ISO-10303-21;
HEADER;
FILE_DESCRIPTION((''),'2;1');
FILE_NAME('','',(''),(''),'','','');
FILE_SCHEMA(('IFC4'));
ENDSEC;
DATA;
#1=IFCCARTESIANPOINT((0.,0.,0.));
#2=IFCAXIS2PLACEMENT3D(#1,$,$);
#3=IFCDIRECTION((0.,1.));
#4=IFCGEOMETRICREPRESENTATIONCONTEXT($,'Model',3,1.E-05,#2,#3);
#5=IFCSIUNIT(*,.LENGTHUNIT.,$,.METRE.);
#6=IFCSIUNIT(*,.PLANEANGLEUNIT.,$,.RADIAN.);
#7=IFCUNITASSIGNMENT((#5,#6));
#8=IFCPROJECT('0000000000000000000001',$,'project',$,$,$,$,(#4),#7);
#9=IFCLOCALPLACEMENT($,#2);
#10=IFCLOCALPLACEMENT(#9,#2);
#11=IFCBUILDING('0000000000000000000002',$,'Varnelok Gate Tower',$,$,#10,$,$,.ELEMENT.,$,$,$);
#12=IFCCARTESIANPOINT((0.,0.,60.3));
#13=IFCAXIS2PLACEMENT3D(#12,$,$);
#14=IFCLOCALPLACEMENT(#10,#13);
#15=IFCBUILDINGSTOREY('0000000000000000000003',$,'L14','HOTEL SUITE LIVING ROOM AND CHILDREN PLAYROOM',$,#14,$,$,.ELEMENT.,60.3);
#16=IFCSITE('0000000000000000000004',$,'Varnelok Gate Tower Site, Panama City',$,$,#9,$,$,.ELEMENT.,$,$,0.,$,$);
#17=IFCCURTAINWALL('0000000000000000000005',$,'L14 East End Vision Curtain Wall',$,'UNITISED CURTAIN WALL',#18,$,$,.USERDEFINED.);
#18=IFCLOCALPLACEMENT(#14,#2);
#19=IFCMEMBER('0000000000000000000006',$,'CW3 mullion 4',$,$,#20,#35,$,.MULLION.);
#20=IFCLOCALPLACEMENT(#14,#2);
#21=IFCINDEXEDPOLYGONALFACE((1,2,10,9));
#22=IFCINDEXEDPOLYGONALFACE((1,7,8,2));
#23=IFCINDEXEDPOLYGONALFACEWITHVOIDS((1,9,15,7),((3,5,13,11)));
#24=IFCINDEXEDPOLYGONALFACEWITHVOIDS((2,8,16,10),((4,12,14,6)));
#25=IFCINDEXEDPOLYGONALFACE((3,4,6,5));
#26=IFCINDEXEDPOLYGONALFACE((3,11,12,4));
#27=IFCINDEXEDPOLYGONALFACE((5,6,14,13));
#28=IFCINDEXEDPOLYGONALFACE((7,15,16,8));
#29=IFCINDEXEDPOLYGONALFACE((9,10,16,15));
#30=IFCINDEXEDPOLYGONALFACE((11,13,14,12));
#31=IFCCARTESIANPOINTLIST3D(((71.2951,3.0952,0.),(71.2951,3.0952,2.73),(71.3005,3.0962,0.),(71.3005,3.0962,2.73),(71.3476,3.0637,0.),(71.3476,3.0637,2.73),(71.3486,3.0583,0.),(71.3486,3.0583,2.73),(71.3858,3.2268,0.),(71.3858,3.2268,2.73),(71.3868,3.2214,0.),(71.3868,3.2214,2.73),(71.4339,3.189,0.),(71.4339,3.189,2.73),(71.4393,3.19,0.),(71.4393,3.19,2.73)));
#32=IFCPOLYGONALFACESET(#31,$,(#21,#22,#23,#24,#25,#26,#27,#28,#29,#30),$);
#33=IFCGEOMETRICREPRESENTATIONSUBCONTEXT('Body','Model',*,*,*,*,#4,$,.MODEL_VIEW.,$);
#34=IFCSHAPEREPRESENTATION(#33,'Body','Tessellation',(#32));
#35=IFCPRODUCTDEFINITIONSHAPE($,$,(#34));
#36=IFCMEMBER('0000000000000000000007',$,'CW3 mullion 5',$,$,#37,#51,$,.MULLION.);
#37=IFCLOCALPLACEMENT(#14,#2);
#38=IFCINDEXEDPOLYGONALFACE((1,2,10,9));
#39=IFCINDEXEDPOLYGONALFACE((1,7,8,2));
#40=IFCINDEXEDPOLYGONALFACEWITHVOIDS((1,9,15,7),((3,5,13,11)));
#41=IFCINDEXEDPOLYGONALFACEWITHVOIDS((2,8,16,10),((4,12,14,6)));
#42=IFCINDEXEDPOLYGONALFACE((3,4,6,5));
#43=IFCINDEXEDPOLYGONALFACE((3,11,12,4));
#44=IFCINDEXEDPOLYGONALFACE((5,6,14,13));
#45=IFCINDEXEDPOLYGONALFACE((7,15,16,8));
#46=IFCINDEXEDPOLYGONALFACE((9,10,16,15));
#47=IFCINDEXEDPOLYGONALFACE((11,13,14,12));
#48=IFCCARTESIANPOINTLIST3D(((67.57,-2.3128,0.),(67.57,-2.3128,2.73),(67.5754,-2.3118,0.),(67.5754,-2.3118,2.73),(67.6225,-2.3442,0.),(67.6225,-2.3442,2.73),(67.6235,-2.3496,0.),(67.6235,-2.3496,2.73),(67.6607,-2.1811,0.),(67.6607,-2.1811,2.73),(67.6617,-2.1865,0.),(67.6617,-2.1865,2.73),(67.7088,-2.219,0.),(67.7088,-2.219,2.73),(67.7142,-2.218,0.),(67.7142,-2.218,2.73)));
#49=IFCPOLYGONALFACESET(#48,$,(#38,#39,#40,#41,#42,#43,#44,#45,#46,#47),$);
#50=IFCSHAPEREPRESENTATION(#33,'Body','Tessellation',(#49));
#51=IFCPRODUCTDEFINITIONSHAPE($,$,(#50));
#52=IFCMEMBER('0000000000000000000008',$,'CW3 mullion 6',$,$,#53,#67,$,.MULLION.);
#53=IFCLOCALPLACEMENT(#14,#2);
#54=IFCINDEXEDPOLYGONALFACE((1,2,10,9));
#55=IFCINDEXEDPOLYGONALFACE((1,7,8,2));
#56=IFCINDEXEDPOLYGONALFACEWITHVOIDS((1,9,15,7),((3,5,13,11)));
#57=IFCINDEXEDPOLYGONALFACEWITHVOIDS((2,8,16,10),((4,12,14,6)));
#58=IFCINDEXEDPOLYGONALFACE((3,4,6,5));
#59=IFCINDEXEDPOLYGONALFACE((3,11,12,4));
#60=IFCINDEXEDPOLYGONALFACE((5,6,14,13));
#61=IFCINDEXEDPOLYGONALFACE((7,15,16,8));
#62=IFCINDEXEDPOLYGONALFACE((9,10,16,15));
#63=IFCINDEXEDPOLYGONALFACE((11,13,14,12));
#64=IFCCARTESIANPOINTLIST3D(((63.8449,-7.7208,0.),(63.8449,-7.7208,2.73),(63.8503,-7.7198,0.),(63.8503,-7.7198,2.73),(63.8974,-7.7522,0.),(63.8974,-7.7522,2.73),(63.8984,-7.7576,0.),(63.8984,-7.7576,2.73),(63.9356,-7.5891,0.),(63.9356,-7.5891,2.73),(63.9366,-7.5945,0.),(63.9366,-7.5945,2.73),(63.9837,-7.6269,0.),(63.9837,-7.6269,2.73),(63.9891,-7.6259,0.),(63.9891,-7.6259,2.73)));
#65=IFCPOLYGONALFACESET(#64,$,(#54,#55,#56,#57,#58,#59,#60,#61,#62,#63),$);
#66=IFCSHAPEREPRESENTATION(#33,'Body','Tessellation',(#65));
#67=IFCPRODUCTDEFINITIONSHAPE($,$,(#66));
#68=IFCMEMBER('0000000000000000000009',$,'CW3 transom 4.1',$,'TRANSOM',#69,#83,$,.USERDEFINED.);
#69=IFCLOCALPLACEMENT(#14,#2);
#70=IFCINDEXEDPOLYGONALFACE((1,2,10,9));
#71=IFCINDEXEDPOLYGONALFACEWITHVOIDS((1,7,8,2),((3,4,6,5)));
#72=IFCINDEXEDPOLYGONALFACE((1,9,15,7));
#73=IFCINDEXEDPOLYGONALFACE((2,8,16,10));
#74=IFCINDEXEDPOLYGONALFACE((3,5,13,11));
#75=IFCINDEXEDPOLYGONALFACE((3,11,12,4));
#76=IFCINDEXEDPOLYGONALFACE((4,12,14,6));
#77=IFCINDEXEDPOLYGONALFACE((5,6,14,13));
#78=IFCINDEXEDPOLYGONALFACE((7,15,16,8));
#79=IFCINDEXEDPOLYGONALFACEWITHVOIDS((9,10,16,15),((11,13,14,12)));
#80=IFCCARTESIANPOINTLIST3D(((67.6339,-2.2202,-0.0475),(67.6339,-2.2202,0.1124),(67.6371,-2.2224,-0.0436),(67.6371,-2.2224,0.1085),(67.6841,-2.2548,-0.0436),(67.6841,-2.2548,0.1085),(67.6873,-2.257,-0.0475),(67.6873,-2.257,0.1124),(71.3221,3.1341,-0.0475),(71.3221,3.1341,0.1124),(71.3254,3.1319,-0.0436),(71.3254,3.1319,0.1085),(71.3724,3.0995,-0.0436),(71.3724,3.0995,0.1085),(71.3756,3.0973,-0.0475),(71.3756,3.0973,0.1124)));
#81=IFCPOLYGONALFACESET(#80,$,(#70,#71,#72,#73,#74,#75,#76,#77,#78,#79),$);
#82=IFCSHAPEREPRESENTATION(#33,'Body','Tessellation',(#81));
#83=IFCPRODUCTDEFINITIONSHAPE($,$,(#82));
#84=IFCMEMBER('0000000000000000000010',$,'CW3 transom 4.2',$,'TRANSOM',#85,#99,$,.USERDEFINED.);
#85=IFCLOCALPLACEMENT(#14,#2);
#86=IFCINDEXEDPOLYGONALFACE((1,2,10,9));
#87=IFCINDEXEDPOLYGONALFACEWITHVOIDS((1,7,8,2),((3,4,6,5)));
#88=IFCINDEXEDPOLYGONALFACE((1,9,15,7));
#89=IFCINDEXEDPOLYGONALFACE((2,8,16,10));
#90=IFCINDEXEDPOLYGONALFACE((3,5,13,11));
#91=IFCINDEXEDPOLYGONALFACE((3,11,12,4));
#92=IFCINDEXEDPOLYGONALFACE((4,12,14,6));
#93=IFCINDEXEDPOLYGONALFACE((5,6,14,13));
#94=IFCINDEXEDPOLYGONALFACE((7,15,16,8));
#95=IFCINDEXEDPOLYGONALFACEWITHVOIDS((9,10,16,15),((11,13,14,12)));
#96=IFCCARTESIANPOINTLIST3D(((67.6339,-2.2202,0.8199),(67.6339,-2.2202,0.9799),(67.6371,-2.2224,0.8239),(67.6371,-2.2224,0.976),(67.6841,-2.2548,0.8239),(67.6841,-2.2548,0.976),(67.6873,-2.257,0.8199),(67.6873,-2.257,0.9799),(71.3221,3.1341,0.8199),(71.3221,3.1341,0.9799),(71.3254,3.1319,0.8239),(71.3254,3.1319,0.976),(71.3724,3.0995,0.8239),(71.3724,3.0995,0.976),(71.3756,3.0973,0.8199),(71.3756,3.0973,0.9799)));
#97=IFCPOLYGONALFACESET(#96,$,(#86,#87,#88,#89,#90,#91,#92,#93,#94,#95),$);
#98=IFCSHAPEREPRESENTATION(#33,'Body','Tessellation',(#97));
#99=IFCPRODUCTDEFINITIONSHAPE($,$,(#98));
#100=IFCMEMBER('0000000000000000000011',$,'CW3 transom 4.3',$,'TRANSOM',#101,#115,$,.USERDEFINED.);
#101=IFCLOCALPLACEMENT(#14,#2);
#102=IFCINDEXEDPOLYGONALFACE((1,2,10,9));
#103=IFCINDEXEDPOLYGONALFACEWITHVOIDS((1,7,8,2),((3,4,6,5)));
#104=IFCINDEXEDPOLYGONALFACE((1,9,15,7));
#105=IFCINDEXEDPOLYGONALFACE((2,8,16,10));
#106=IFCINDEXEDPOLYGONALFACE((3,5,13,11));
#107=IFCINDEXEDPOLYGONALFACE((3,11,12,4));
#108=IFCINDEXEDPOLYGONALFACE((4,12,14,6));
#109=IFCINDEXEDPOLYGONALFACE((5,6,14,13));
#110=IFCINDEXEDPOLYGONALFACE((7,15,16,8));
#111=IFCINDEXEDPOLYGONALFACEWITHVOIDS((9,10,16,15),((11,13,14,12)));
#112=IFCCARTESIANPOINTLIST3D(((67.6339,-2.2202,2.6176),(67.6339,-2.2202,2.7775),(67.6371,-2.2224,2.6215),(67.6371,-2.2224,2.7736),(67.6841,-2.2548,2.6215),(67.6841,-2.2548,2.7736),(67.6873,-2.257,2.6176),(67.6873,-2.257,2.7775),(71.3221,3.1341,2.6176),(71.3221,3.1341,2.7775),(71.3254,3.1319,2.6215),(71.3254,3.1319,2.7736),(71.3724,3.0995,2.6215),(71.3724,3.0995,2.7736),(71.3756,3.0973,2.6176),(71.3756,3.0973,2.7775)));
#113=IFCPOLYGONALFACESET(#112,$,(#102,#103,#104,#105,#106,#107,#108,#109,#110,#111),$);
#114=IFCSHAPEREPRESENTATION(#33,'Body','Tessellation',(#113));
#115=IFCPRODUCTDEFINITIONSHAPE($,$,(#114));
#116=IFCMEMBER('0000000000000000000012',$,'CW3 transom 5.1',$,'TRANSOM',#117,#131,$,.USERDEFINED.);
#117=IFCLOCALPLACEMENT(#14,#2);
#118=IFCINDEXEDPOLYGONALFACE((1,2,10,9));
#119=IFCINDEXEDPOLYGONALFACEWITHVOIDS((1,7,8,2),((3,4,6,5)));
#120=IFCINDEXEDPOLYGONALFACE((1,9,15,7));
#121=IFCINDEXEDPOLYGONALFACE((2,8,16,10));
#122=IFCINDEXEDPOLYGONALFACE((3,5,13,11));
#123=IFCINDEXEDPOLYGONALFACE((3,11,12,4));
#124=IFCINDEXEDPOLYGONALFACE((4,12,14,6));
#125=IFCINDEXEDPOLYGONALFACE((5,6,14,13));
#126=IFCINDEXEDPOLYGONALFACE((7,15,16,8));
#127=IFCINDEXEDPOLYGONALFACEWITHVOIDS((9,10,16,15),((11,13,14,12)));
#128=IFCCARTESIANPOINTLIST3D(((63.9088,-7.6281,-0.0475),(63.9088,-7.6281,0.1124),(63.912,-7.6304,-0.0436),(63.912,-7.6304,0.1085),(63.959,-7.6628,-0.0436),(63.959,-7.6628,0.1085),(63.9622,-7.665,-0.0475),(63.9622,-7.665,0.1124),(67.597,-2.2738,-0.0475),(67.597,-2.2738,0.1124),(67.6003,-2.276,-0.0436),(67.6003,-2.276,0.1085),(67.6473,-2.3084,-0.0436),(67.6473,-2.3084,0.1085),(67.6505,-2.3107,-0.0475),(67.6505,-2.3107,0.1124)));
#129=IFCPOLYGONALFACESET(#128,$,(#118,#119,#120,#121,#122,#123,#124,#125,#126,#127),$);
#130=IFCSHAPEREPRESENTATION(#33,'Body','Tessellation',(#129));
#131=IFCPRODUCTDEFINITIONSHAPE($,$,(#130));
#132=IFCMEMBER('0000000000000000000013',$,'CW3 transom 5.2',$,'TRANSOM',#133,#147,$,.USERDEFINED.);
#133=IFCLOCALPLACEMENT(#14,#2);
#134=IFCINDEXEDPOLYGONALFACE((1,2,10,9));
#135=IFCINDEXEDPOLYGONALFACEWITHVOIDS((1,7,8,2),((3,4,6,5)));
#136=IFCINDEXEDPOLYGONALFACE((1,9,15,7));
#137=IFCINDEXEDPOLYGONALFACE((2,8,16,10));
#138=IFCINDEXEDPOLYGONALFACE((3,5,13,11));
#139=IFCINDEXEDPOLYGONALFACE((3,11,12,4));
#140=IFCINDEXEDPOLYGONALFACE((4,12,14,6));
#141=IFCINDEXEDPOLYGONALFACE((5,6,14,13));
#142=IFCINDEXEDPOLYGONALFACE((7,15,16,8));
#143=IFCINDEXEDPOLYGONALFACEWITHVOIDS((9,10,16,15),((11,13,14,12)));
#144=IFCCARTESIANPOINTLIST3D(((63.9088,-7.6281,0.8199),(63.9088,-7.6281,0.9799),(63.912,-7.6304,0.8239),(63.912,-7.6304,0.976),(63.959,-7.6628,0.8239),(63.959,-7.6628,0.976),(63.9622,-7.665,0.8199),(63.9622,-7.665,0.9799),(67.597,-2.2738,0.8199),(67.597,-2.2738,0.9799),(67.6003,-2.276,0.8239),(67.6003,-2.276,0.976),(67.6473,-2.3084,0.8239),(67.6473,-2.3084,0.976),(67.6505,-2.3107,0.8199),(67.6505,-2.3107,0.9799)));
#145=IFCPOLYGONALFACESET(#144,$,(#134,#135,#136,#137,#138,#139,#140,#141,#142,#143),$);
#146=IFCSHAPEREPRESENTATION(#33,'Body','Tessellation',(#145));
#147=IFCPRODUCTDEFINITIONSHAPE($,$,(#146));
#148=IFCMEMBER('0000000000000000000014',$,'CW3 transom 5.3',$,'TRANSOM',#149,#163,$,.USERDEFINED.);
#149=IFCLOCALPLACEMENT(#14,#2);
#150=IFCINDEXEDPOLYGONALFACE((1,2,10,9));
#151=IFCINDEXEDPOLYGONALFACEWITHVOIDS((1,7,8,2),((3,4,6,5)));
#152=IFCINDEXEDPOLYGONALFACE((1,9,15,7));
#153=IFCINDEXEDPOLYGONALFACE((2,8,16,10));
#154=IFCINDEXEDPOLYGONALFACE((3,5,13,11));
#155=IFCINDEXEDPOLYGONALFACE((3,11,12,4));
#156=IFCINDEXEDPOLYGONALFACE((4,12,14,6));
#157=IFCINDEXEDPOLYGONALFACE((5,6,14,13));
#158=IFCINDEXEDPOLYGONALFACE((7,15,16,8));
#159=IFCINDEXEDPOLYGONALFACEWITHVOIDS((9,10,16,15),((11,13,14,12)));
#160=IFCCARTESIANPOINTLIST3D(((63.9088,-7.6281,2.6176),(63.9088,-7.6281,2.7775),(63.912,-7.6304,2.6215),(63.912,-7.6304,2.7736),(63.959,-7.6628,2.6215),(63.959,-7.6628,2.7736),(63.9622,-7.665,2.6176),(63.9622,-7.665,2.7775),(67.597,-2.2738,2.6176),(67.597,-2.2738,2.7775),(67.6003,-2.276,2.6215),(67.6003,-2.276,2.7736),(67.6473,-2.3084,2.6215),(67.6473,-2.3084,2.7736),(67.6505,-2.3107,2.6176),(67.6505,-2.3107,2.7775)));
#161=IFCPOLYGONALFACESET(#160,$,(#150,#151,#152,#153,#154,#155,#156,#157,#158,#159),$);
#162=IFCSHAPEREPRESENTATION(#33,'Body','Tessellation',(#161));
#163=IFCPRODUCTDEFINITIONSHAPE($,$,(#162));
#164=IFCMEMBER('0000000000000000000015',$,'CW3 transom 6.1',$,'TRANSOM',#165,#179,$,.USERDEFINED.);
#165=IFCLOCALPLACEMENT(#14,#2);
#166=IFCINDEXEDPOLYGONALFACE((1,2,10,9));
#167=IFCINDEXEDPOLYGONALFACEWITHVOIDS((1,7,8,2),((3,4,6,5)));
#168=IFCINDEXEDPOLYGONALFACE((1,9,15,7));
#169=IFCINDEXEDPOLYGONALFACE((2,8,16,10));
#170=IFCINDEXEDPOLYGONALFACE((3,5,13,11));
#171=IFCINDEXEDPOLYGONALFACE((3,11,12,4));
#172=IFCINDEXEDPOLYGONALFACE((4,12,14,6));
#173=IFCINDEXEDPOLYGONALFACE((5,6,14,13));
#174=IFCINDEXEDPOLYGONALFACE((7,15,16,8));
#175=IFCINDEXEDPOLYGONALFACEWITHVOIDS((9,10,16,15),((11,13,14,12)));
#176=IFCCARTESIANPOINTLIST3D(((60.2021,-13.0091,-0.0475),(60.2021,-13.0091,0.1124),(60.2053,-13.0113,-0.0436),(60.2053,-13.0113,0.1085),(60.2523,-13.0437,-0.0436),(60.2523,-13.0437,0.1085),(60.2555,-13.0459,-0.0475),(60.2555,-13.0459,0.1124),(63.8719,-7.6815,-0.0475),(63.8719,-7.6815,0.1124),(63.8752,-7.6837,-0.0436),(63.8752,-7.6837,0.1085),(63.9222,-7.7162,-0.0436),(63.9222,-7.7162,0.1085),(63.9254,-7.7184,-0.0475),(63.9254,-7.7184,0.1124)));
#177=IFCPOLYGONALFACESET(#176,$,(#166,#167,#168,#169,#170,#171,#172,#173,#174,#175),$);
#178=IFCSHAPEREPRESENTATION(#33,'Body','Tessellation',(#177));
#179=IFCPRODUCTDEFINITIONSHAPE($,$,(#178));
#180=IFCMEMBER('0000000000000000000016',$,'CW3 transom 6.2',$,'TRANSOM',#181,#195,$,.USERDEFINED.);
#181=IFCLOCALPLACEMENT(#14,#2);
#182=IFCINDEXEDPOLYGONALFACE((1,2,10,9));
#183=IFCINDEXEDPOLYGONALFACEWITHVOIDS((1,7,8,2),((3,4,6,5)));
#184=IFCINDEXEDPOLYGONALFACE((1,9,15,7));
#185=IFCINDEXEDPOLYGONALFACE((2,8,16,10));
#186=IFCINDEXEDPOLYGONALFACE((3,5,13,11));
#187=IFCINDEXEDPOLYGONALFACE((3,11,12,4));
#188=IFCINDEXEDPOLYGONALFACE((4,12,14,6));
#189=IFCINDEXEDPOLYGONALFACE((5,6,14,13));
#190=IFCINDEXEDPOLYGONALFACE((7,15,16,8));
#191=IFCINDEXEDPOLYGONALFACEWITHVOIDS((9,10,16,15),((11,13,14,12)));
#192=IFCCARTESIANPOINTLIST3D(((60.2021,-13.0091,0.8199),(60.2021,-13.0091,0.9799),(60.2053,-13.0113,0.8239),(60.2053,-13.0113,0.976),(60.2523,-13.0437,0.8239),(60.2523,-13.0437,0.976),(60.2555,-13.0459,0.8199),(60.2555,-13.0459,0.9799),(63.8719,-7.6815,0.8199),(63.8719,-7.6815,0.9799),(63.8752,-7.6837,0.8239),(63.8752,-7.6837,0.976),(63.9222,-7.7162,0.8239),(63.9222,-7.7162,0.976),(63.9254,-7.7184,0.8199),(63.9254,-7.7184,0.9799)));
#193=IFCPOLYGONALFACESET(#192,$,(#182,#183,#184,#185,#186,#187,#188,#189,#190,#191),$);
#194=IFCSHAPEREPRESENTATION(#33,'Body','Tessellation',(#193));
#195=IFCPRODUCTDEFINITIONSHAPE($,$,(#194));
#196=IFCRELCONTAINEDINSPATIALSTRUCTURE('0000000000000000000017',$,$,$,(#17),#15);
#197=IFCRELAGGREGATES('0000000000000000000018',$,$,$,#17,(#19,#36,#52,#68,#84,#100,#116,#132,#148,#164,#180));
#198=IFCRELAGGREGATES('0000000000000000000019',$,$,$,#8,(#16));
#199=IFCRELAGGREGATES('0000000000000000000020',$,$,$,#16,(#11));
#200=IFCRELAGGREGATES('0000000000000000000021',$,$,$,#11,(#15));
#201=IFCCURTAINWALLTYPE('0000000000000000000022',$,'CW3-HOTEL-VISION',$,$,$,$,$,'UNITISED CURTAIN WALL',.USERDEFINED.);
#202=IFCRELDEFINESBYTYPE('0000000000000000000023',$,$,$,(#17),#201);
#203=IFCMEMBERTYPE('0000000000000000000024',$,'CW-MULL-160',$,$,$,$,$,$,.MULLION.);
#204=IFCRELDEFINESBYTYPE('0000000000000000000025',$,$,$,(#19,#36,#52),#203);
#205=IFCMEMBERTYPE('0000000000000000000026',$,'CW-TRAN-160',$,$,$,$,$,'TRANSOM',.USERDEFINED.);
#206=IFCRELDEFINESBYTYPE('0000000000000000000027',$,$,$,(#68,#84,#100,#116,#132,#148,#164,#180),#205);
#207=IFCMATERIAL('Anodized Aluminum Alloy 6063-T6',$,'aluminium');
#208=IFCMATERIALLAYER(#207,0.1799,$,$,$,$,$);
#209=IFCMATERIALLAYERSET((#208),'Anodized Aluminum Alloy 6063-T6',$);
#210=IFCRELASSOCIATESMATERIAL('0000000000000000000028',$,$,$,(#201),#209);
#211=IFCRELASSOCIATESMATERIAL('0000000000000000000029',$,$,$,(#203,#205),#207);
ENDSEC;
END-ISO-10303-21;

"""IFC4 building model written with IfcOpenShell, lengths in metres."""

from ifc_helpers import new_model, si_unit, direction, frame, origin, origin_2d, place, context, subcontext, project, spatial, hollow_rectangle, extrude, material, layer, layer_set, material_profile, profile_set, type_object, element, aggregate, save


model = new_model("IFC4")

# Units and contexts
model_context = context("Model", 3, precision=1e-05, world=origin(), true_north=direction((0.0, 1.0)))
body_context = subcontext(model_context, "Body", "Model", "MODEL_VIEW")
ifc_project = project(units=[si_unit("LENGTHUNIT", "METRE"), si_unit("PLANEANGLEUNIT", "RADIAN")], contexts=[model_context])

# Site, building, storey
site_placement = place(None, origin())
site = spatial("IfcSite", under=ifc_project, at=site_placement, Name="Varnelok Gate Tower Site, Panama City", CompositionType="ELEMENT", RefElevation=0.0)
building_placement = place(site_placement, origin())
building = spatial("IfcBuilding", under=site, at=building_placement, Name="Varnelok Gate Tower", CompositionType="ELEMENT")
storey_placement = place(building_placement, frame((0.0, 0.0, 60.3)))
storey = spatial("IfcBuildingStorey", under=building, at=storey_placement, Name="L14", Description="HOTEL SUITE LIVING ROOM AND CHILDREN PLAYROOM", CompositionType="ELEMENT", Elevation=60.3)

# Curtain wall, members
ifc_material_1 = material(Name="Anodized Aluminum Alloy 6063-T6", Category="aluminium")
ifc_layer_1 = layer(ifc_material_1, 0.1799)
ifc_layer_set_1 = layer_set([ifc_layer_1], Name="Anodized Aluminum Alloy 6063-T6")
curtain_wall_type = type_object("IfcCurtainWallType", Name="CW3-HOTEL-VISION", ElementType="UNITISED CURTAIN WALL", PredefinedType="USERDEFINED", material=ifc_layer_set_1)
curtain_wall_placement = place(storey_placement, origin())
curtain_wall = element("IfcCurtainWall", 1, at=curtain_wall_placement, inside=storey, type_object=curtain_wall_type, Name="L14 East End Vision Curtain Wall", ObjectType="UNITISED CURTAIN WALL", PredefinedType="USERDEFINED")
ifc_material_profile_1 = material_profile(ifc_material_1, hollow_rectangle(XDim=0.0649, YDim=0.1599, WallThickness=0.0039, at=origin_2d()), Name="ALU160X65X4")
ifc_profile_set_1 = profile_set([ifc_material_profile_1], Name="Anodized Aluminum Alloy 6063-T6")
member_type_1 = type_object("IfcMemberType", Name="CW-MULL-160", PredefinedType="MULLION", material=ifc_profile_set_1)
member_1_placement = place(storey_placement, frame((71.3672, 3.1426, 0.0), z_axis=(0.0, 0.0, 1.0), x_axis=(0.823533, -0.567269, 0.0)))
member_1 = element("IfcMember", 2, at=member_1_placement, type_object=member_type_1, Name="CW3 mullion 4", PredefinedType="MULLION", context=body_context, shape_type="SweptSolid", body=[
    extrude(hollow_rectangle(XDim=0.0649, YDim=0.1599, WallThickness=0.0039, at=origin_2d()), origin(), (0.0, 0.0, 1.0), 2.73),
])
member_2_placement = place(storey_placement, frame((67.6421, -2.2654, 0.0), z_axis=(0.0, 0.0, 1.0), x_axis=(0.823533, -0.567269, 0.0)))
member_2 = element("IfcMember", 3, at=member_2_placement, type_object=member_type_1, Name="CW3 mullion 5", PredefinedType="MULLION", context=body_context, shape_type="SweptSolid", body=[
    extrude(hollow_rectangle(XDim=0.0649, YDim=0.1599, WallThickness=0.0039, at=origin_2d()), origin(), (0.0, 0.0, 1.0), 2.73),
])
member_3_placement = place(storey_placement, frame((63.917, -7.6733, 0.0), z_axis=(0.0, 0.0, 1.0), x_axis=(0.823533, -0.567269, 0.0)))
member_3 = element("IfcMember", 4, at=member_3_placement, type_object=member_type_1, Name="CW3 mullion 6", PredefinedType="MULLION", context=body_context, shape_type="SweptSolid", body=[
    extrude(hollow_rectangle(XDim=0.0649, YDim=0.1599, WallThickness=0.0039, at=origin_2d()), origin(), (0.0, 0.0, 1.0), 2.73),
])
ifc_material_profile_2 = material_profile(ifc_material_1, hollow_rectangle(XDim=0.0649, YDim=0.1599, WallThickness=0.0039, at=origin_2d()), Name="ALU160X65X4")
ifc_profile_set_2 = profile_set([ifc_material_profile_2], Name="Anodized Aluminum Alloy 6063-T6")
member_type_2 = type_object("IfcMemberType", Name="CW-TRAN-160", ElementType="TRANSOM", PredefinedType="USERDEFINED", material=ifc_profile_set_2)
member_4_placement = place(storey_placement, frame((71.3489, 3.1157, 0.0325), z_axis=(-0.567279, -0.823526, 0.0), x_axis=(0.823526, -0.567279, 0.0)))
member_4 = element("IfcMember", 5, at=member_4_placement, type_object=member_type_2, Name="CW3 transom 4.1", ObjectType="TRANSOM", PredefinedType="USERDEFINED", context=body_context, shape_type="SweptSolid", body=[
    extrude(hollow_rectangle(XDim=0.0649, YDim=0.1599, WallThickness=0.0039, at=origin_2d()), origin(), (0.0, 0.0, 1.0), 6.5017),
])
member_5_placement = place(storey_placement, frame((71.3489, 3.1157, 0.8999), z_axis=(-0.567279, -0.823526, 0.0), x_axis=(0.823526, -0.567279, 0.0)))
member_5 = element("IfcMember", 6, at=member_5_placement, type_object=member_type_2, Name="CW3 transom 4.2", ObjectType="TRANSOM", PredefinedType="USERDEFINED", context=body_context, shape_type="SweptSolid", body=[
    extrude(hollow_rectangle(XDim=0.0649, YDim=0.1599, WallThickness=0.0039, at=origin_2d()), origin(), (0.0, 0.0, 1.0), 6.5017),
])
member_6_placement = place(storey_placement, frame((71.3489, 3.1157, 2.6975), z_axis=(-0.567279, -0.823526, 0.0), x_axis=(0.823526, -0.567279, 0.0)))
member_6 = element("IfcMember", 7, at=member_6_placement, type_object=member_type_2, Name="CW3 transom 4.3", ObjectType="TRANSOM", PredefinedType="USERDEFINED", context=body_context, shape_type="SweptSolid", body=[
    extrude(hollow_rectangle(XDim=0.0649, YDim=0.1599, WallThickness=0.0039, at=origin_2d()), origin(), (0.0, 0.0, 1.0), 6.5017),
])
member_7_placement = place(storey_placement, frame((67.6238, -2.2922, 0.0325), z_axis=(-0.567279, -0.823526, 0.0), x_axis=(0.823526, -0.567279, 0.0)))
member_7 = element("IfcMember", 8, at=member_7_placement, type_object=member_type_2, Name="CW3 transom 5.1", ObjectType="TRANSOM", PredefinedType="USERDEFINED", context=body_context, shape_type="SweptSolid", body=[
    extrude(hollow_rectangle(XDim=0.0649, YDim=0.1599, WallThickness=0.0039, at=origin_2d()), origin(), (0.0, 0.0, 1.0), 6.5017),
])
member_8_placement = place(storey_placement, frame((67.6238, -2.2922, 0.8999), z_axis=(-0.567279, -0.823526, 0.0), x_axis=(0.823526, -0.567279, 0.0)))
member_8 = element("IfcMember", 9, at=member_8_placement, type_object=member_type_2, Name="CW3 transom 5.2", ObjectType="TRANSOM", PredefinedType="USERDEFINED", context=body_context, shape_type="SweptSolid", body=[
    extrude(hollow_rectangle(XDim=0.0649, YDim=0.1599, WallThickness=0.0039, at=origin_2d()), origin(), (0.0, 0.0, 1.0), 6.5017),
])
member_9_placement = place(storey_placement, frame((67.6238, -2.2922, 2.6975), z_axis=(-0.567279, -0.823526, 0.0), x_axis=(0.823526, -0.567279, 0.0)))
member_9 = element("IfcMember", 10, at=member_9_placement, type_object=member_type_2, Name="CW3 transom 5.3", ObjectType="TRANSOM", PredefinedType="USERDEFINED", context=body_context, shape_type="SweptSolid", body=[
    extrude(hollow_rectangle(XDim=0.0649, YDim=0.1599, WallThickness=0.0039, at=origin_2d()), origin(), (0.0, 0.0, 1.0), 6.5017),
])
member_10_placement = place(storey_placement, frame((63.8987, -7.7, 0.0325), z_axis=(-0.567281, -0.823524, 0.0), x_axis=(0.823524, -0.567281, 0.0)))
member_10 = element("IfcMember", 11, at=member_10_placement, type_object=member_type_2, Name="CW3 transom 6.1", ObjectType="TRANSOM", PredefinedType="USERDEFINED", context=body_context, shape_type="SweptSolid", body=[
    extrude(hollow_rectangle(XDim=0.0649, YDim=0.1599, WallThickness=0.0039, at=origin_2d()), origin(), (0.0, 0.0, 1.0), 6.4692),
])
member_11_placement = place(storey_placement, frame((63.8987, -7.7, 0.8999), z_axis=(-0.567281, -0.823524, 0.0), x_axis=(0.823524, -0.567281, 0.0)))
member_11 = element("IfcMember", 12, at=member_11_placement, type_object=member_type_2, Name="CW3 transom 6.2", ObjectType="TRANSOM", PredefinedType="USERDEFINED", context=body_context, shape_type="SweptSolid", body=[
    extrude(hollow_rectangle(XDim=0.0649, YDim=0.1599, WallThickness=0.0039, at=origin_2d()), origin(), (0.0, 0.0, 1.0), 6.4692),
])
aggregate(curtain_wall, [member_1, member_2, member_3, member_4, member_5, member_6, member_7, member_8, member_9, member_10, member_11])

save(model, "model.ifc")
